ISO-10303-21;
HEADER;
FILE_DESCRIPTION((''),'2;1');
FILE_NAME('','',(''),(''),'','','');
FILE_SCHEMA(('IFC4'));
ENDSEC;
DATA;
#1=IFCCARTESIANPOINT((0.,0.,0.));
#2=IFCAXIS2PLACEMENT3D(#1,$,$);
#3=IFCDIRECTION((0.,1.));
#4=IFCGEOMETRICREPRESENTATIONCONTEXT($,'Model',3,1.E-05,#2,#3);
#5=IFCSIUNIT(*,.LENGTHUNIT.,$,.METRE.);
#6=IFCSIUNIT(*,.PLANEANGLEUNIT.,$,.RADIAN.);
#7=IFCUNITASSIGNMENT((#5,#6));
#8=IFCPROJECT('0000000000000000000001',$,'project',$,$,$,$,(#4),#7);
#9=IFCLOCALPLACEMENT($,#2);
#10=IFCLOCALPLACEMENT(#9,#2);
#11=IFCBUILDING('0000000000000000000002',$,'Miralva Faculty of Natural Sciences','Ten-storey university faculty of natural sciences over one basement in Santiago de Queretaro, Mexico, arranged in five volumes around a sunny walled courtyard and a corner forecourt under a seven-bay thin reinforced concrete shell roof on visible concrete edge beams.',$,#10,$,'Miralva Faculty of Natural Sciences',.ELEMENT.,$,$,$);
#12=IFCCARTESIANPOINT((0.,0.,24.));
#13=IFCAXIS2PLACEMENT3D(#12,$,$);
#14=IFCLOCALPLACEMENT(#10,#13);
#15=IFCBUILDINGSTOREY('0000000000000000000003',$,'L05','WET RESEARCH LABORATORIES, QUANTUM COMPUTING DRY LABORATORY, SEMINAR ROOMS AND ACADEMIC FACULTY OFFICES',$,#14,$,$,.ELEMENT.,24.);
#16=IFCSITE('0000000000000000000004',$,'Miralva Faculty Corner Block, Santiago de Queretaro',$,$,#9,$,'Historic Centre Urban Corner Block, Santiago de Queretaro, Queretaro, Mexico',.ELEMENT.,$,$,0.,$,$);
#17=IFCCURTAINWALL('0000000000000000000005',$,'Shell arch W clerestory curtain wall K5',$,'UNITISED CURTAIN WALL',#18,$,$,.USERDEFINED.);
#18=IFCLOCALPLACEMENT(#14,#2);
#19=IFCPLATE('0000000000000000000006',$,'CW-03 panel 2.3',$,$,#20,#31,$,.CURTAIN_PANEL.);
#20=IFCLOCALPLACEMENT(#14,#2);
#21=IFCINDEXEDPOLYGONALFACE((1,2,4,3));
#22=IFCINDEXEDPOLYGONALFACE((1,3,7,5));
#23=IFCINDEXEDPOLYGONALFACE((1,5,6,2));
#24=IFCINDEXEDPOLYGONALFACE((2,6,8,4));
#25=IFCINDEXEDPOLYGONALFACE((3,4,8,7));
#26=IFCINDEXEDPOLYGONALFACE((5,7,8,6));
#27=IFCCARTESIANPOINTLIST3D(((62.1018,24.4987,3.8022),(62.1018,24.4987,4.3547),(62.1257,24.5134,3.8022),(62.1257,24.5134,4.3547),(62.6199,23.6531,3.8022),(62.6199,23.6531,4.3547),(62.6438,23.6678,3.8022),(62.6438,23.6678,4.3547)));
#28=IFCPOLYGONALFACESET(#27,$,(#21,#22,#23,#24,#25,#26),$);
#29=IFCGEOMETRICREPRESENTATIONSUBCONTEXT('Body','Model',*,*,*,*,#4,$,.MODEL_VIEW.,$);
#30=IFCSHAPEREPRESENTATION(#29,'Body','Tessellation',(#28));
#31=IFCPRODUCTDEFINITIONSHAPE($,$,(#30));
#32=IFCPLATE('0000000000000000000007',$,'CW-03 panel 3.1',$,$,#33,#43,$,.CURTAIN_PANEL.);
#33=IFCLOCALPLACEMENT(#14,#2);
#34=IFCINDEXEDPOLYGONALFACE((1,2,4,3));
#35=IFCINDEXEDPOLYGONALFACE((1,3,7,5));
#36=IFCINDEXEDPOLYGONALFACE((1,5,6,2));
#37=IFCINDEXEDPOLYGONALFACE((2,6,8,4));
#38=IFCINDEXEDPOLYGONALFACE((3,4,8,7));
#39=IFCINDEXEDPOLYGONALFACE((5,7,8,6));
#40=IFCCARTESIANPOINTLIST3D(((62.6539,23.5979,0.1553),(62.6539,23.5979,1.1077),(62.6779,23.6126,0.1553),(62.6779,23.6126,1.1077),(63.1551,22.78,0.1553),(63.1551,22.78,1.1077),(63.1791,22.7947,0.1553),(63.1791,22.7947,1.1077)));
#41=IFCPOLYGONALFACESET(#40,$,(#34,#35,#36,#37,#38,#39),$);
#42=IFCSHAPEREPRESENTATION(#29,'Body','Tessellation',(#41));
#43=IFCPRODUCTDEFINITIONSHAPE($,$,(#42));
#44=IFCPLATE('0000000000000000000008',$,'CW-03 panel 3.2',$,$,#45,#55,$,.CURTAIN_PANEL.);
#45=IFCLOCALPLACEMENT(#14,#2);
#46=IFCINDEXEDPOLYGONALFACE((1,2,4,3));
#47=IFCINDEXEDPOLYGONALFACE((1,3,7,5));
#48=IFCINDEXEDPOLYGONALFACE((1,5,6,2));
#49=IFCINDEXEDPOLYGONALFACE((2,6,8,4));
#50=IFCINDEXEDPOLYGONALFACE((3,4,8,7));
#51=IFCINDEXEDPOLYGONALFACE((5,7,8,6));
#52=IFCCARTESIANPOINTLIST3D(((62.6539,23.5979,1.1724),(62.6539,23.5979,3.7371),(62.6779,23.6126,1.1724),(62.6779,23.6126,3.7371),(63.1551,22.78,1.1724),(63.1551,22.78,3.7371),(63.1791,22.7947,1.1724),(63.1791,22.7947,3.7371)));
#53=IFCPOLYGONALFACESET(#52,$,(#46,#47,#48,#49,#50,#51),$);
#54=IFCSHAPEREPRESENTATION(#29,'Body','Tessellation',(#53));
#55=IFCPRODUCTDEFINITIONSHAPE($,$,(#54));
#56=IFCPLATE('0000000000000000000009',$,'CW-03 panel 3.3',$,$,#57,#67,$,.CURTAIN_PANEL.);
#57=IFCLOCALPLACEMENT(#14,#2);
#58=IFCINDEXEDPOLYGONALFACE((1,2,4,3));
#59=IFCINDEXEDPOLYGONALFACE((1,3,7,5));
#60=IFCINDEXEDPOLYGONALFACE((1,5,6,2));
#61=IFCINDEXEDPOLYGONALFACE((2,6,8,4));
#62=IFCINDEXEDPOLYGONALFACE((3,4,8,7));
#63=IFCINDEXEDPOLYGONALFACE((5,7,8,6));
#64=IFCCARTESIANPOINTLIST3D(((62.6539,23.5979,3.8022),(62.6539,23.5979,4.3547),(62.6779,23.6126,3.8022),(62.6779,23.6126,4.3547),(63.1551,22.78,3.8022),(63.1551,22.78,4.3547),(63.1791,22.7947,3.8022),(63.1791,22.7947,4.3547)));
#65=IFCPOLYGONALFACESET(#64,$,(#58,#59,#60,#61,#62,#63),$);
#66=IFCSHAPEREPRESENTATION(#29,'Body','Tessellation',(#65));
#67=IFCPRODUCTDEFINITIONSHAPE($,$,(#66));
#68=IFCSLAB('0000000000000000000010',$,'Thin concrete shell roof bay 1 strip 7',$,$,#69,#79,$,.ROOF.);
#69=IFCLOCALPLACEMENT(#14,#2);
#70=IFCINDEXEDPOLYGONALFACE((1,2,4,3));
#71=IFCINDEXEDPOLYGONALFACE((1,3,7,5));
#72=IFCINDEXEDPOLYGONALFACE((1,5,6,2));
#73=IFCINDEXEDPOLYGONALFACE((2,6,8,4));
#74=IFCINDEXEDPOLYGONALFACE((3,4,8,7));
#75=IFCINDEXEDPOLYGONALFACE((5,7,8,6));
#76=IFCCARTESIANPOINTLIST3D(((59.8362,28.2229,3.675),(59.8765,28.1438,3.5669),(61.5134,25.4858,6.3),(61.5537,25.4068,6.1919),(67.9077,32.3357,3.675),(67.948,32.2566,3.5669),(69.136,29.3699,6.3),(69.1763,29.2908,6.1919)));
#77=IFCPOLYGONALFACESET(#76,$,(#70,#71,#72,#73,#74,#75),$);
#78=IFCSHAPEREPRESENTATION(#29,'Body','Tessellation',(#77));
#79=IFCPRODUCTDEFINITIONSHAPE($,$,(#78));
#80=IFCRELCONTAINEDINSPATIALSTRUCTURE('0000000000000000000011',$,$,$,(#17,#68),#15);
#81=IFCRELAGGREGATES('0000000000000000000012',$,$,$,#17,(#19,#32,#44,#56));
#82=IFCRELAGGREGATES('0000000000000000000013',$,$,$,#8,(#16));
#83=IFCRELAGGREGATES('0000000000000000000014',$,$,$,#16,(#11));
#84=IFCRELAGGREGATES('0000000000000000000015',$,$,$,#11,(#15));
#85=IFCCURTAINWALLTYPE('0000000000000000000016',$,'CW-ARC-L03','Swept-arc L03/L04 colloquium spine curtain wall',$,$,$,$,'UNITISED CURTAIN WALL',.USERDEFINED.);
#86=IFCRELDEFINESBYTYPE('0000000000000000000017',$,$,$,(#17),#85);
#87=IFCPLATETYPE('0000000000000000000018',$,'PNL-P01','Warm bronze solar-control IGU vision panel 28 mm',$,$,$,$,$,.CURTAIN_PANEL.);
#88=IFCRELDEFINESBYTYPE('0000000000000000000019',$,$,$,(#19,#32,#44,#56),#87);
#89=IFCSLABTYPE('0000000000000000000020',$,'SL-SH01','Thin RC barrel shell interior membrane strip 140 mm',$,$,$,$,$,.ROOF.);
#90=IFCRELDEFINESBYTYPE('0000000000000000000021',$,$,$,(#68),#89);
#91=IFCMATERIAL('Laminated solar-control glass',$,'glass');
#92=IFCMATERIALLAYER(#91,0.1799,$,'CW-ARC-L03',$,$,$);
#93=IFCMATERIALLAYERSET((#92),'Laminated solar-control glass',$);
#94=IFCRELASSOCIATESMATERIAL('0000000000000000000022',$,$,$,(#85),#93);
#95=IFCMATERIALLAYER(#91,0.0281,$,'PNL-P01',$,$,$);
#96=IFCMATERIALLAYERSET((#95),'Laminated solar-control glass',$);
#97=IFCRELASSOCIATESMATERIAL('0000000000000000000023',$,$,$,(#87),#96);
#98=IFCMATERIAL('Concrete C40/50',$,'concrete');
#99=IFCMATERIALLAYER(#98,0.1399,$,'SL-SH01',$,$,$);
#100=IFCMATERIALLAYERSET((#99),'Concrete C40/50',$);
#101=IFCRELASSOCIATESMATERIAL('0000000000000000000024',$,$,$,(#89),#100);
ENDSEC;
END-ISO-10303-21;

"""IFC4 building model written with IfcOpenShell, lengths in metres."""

from ifc_helpers import new_model, si_unit, direction, frame, origin, origin_2d, place, context, subcontext, project, spatial, polyline, rectangle, outline, extrude, material, layer, layer_set, type_object, element, aggregate, save


model = new_model("IFC4")

# Units and contexts
model_context = context("Model", 3, precision=1e-05, world=origin(), true_north=direction((0.0, 1.0)))
body_context = subcontext(model_context, "Body", "Model", "MODEL_VIEW")
ifc_project = project(units=[si_unit("LENGTHUNIT", "METRE"), si_unit("PLANEANGLEUNIT", "RADIAN")], contexts=[model_context])

# Site, building, storey
site_placement = place(None, origin())
site = spatial("IfcSite", under=ifc_project, at=site_placement, Name="Miralva Faculty Corner Block, Santiago de Queretaro", LongName="Historic Centre Urban Corner Block, Santiago de Queretaro, Queretaro, Mexico", CompositionType="ELEMENT", RefElevation=0.0)
building_placement = place(site_placement, origin())
building = spatial("IfcBuilding", under=site, at=building_placement, Name="Miralva Faculty of Natural Sciences", Description="Ten-storey university faculty of natural sciences over one basement in Santiago de Queretaro, Mexico, arranged in five volumes around a sunny walled courtyard and a corner forecourt under a seven-bay thin reinforced concrete shell roof on visible concrete edge beams.", LongName="Miralva Faculty of Natural Sciences", CompositionType="ELEMENT")
storey_placement = place(building_placement, frame((0.0, 0.0, 24.0)))
storey = spatial("IfcBuildingStorey", under=building, at=storey_placement, Name="L05", Description="WET RESEARCH LABORATORIES, QUANTUM COMPUTING DRY LABORATORY, SEMINAR ROOMS AND ACADEMIC FACULTY OFFICES", CompositionType="ELEMENT", Elevation=24.0)

# Shared definitions
ifc_material_1 = material(Name="Concrete C40/50", Category="concrete")

# Curtain wall
ifc_material_2 = material(Name="Laminated solar-control glass", Category="glass")
ifc_layer_1 = layer(ifc_material_2, 0.1799, Name="CW-ARC-L03")
ifc_layer_set_1 = layer_set([ifc_layer_1], Name="Laminated solar-control glass")
curtain_wall_type = type_object("IfcCurtainWallType", Name="CW-ARC-L03", Description="Swept-arc L03/L04 colloquium spine curtain wall", ElementType="UNITISED CURTAIN WALL", PredefinedType="USERDEFINED", material=ifc_layer_set_1)
curtain_wall_placement = place(storey_placement, origin())
curtain_wall = element("IfcCurtainWall", 1, at=curtain_wall_placement, inside=storey, type_object=curtain_wall_type, Name="Shell arch W clerestory curtain wall K5", ObjectType="UNITISED CURTAIN WALL", PredefinedType="USERDEFINED")

# Plates
ifc_layer_2 = layer(ifc_material_2, 0.0281, Name="PNL-P01")
ifc_layer_set_2 = layer_set([ifc_layer_2], Name="Laminated solar-control glass")
plate_type = type_object("IfcPlateType", Name="PNL-P01", Description="Warm bronze solar-control IGU vision panel 28 mm", PredefinedType="CURTAIN_PANEL", material=ifc_layer_set_2)
plate_1_placement = place(storey_placement, frame((62.3728, 24.0833, 3.8022), z_axis=(0.0, 0.0, 1.0), x_axis=(0.52249, -0.852646, 0.0)))
plate_1 = element("IfcPlate", 2, at=plate_1_placement, type_object=plate_type, Name="CW-03 panel 2.3", PredefinedType="CURTAIN_PANEL", context=body_context, shape_type="SweptSolid", body=[
    extrude(rectangle(XDim=0.9917, YDim=0.0281, at=origin_2d()), origin(), (0.0, 0.0, 1.0), 0.5525),
])
plate_2_placement = place(storey_placement, frame((62.9165, 23.1963, 0.1553), z_axis=(0.0, 0.0, 1.0), x_axis=(0.52249, -0.852646, 0.0)))
plate_2 = element("IfcPlate", 3, at=plate_2_placement, type_object=plate_type, Name="CW-03 panel 3.1", PredefinedType="CURTAIN_PANEL", context=body_context, shape_type="SweptSolid", body=[
    extrude(rectangle(XDim=0.9592, YDim=0.0281, at=origin_2d()), origin(), (0.0, 0.0, 1.0), 0.9524),
])
plate_3_placement = place(storey_placement, frame((62.9165, 23.1963, 1.1724), z_axis=(0.0, 0.0, 1.0), x_axis=(0.52249, -0.852646, 0.0)))
plate_3 = element("IfcPlate", 4, at=plate_3_placement, type_object=plate_type, Name="CW-03 panel 3.2", PredefinedType="CURTAIN_PANEL", context=body_context, shape_type="SweptSolid", body=[
    extrude(rectangle(XDim=0.9592, YDim=0.0281, at=origin_2d()), origin(), (0.0, 0.0, 1.0), 2.5647),
])
plate_4_placement = place(storey_placement, frame((62.9165, 23.1963, 3.8022), z_axis=(0.0, 0.0, 1.0), x_axis=(0.52249, -0.852646, 0.0)))
plate_4 = element("IfcPlate", 5, at=plate_4_placement, type_object=plate_type, Name="CW-03 panel 3.3", PredefinedType="CURTAIN_PANEL", context=body_context, shape_type="SweptSolid", body=[
    extrude(rectangle(XDim=0.9592, YDim=0.0281, at=origin_2d()), origin(), (0.0, 0.0, 1.0), 0.5525),
])
aggregate(curtain_wall, [plate_1, plate_2, plate_3, plate_4])

# Slab
ifc_layer_3 = layer(ifc_material_1, 0.1399, Name="SL-SH01")
ifc_layer_set_3 = layer_set([ifc_layer_3], Name="Concrete C40/50")
slab_type = type_object("IfcSlabType", Name="SL-SH01", Description="Thin RC barrel shell interior membrane strip 140 mm", PredefinedType="ROOF", material=ifc_layer_set_3)
slab_placement = place(storey_placement, frame((61.5134, 25.4858, 6.3), z_axis=(-0.28793, 0.565073, 0.773168), x_axis=(0.891, 0.454004, 0.0)))
element("IfcSlab", 6, at=slab_placement, inside=storey, type_object=slab_type, Name="Thin concrete shell roof bay 1 strip 7", PredefinedType="ROOF", context=body_context, shape_type="SweptSolid", body=[
    extrude(outline(polyline([(0.0, 0.0), (8.5551, 0.0), (8.8072, 4.1391), (-0.2518, 4.1391), (0.0, 0.0)])), origin(), (0.0, 0.0, -1.0), 0.1399),
])

save(model, "model.ifc")
